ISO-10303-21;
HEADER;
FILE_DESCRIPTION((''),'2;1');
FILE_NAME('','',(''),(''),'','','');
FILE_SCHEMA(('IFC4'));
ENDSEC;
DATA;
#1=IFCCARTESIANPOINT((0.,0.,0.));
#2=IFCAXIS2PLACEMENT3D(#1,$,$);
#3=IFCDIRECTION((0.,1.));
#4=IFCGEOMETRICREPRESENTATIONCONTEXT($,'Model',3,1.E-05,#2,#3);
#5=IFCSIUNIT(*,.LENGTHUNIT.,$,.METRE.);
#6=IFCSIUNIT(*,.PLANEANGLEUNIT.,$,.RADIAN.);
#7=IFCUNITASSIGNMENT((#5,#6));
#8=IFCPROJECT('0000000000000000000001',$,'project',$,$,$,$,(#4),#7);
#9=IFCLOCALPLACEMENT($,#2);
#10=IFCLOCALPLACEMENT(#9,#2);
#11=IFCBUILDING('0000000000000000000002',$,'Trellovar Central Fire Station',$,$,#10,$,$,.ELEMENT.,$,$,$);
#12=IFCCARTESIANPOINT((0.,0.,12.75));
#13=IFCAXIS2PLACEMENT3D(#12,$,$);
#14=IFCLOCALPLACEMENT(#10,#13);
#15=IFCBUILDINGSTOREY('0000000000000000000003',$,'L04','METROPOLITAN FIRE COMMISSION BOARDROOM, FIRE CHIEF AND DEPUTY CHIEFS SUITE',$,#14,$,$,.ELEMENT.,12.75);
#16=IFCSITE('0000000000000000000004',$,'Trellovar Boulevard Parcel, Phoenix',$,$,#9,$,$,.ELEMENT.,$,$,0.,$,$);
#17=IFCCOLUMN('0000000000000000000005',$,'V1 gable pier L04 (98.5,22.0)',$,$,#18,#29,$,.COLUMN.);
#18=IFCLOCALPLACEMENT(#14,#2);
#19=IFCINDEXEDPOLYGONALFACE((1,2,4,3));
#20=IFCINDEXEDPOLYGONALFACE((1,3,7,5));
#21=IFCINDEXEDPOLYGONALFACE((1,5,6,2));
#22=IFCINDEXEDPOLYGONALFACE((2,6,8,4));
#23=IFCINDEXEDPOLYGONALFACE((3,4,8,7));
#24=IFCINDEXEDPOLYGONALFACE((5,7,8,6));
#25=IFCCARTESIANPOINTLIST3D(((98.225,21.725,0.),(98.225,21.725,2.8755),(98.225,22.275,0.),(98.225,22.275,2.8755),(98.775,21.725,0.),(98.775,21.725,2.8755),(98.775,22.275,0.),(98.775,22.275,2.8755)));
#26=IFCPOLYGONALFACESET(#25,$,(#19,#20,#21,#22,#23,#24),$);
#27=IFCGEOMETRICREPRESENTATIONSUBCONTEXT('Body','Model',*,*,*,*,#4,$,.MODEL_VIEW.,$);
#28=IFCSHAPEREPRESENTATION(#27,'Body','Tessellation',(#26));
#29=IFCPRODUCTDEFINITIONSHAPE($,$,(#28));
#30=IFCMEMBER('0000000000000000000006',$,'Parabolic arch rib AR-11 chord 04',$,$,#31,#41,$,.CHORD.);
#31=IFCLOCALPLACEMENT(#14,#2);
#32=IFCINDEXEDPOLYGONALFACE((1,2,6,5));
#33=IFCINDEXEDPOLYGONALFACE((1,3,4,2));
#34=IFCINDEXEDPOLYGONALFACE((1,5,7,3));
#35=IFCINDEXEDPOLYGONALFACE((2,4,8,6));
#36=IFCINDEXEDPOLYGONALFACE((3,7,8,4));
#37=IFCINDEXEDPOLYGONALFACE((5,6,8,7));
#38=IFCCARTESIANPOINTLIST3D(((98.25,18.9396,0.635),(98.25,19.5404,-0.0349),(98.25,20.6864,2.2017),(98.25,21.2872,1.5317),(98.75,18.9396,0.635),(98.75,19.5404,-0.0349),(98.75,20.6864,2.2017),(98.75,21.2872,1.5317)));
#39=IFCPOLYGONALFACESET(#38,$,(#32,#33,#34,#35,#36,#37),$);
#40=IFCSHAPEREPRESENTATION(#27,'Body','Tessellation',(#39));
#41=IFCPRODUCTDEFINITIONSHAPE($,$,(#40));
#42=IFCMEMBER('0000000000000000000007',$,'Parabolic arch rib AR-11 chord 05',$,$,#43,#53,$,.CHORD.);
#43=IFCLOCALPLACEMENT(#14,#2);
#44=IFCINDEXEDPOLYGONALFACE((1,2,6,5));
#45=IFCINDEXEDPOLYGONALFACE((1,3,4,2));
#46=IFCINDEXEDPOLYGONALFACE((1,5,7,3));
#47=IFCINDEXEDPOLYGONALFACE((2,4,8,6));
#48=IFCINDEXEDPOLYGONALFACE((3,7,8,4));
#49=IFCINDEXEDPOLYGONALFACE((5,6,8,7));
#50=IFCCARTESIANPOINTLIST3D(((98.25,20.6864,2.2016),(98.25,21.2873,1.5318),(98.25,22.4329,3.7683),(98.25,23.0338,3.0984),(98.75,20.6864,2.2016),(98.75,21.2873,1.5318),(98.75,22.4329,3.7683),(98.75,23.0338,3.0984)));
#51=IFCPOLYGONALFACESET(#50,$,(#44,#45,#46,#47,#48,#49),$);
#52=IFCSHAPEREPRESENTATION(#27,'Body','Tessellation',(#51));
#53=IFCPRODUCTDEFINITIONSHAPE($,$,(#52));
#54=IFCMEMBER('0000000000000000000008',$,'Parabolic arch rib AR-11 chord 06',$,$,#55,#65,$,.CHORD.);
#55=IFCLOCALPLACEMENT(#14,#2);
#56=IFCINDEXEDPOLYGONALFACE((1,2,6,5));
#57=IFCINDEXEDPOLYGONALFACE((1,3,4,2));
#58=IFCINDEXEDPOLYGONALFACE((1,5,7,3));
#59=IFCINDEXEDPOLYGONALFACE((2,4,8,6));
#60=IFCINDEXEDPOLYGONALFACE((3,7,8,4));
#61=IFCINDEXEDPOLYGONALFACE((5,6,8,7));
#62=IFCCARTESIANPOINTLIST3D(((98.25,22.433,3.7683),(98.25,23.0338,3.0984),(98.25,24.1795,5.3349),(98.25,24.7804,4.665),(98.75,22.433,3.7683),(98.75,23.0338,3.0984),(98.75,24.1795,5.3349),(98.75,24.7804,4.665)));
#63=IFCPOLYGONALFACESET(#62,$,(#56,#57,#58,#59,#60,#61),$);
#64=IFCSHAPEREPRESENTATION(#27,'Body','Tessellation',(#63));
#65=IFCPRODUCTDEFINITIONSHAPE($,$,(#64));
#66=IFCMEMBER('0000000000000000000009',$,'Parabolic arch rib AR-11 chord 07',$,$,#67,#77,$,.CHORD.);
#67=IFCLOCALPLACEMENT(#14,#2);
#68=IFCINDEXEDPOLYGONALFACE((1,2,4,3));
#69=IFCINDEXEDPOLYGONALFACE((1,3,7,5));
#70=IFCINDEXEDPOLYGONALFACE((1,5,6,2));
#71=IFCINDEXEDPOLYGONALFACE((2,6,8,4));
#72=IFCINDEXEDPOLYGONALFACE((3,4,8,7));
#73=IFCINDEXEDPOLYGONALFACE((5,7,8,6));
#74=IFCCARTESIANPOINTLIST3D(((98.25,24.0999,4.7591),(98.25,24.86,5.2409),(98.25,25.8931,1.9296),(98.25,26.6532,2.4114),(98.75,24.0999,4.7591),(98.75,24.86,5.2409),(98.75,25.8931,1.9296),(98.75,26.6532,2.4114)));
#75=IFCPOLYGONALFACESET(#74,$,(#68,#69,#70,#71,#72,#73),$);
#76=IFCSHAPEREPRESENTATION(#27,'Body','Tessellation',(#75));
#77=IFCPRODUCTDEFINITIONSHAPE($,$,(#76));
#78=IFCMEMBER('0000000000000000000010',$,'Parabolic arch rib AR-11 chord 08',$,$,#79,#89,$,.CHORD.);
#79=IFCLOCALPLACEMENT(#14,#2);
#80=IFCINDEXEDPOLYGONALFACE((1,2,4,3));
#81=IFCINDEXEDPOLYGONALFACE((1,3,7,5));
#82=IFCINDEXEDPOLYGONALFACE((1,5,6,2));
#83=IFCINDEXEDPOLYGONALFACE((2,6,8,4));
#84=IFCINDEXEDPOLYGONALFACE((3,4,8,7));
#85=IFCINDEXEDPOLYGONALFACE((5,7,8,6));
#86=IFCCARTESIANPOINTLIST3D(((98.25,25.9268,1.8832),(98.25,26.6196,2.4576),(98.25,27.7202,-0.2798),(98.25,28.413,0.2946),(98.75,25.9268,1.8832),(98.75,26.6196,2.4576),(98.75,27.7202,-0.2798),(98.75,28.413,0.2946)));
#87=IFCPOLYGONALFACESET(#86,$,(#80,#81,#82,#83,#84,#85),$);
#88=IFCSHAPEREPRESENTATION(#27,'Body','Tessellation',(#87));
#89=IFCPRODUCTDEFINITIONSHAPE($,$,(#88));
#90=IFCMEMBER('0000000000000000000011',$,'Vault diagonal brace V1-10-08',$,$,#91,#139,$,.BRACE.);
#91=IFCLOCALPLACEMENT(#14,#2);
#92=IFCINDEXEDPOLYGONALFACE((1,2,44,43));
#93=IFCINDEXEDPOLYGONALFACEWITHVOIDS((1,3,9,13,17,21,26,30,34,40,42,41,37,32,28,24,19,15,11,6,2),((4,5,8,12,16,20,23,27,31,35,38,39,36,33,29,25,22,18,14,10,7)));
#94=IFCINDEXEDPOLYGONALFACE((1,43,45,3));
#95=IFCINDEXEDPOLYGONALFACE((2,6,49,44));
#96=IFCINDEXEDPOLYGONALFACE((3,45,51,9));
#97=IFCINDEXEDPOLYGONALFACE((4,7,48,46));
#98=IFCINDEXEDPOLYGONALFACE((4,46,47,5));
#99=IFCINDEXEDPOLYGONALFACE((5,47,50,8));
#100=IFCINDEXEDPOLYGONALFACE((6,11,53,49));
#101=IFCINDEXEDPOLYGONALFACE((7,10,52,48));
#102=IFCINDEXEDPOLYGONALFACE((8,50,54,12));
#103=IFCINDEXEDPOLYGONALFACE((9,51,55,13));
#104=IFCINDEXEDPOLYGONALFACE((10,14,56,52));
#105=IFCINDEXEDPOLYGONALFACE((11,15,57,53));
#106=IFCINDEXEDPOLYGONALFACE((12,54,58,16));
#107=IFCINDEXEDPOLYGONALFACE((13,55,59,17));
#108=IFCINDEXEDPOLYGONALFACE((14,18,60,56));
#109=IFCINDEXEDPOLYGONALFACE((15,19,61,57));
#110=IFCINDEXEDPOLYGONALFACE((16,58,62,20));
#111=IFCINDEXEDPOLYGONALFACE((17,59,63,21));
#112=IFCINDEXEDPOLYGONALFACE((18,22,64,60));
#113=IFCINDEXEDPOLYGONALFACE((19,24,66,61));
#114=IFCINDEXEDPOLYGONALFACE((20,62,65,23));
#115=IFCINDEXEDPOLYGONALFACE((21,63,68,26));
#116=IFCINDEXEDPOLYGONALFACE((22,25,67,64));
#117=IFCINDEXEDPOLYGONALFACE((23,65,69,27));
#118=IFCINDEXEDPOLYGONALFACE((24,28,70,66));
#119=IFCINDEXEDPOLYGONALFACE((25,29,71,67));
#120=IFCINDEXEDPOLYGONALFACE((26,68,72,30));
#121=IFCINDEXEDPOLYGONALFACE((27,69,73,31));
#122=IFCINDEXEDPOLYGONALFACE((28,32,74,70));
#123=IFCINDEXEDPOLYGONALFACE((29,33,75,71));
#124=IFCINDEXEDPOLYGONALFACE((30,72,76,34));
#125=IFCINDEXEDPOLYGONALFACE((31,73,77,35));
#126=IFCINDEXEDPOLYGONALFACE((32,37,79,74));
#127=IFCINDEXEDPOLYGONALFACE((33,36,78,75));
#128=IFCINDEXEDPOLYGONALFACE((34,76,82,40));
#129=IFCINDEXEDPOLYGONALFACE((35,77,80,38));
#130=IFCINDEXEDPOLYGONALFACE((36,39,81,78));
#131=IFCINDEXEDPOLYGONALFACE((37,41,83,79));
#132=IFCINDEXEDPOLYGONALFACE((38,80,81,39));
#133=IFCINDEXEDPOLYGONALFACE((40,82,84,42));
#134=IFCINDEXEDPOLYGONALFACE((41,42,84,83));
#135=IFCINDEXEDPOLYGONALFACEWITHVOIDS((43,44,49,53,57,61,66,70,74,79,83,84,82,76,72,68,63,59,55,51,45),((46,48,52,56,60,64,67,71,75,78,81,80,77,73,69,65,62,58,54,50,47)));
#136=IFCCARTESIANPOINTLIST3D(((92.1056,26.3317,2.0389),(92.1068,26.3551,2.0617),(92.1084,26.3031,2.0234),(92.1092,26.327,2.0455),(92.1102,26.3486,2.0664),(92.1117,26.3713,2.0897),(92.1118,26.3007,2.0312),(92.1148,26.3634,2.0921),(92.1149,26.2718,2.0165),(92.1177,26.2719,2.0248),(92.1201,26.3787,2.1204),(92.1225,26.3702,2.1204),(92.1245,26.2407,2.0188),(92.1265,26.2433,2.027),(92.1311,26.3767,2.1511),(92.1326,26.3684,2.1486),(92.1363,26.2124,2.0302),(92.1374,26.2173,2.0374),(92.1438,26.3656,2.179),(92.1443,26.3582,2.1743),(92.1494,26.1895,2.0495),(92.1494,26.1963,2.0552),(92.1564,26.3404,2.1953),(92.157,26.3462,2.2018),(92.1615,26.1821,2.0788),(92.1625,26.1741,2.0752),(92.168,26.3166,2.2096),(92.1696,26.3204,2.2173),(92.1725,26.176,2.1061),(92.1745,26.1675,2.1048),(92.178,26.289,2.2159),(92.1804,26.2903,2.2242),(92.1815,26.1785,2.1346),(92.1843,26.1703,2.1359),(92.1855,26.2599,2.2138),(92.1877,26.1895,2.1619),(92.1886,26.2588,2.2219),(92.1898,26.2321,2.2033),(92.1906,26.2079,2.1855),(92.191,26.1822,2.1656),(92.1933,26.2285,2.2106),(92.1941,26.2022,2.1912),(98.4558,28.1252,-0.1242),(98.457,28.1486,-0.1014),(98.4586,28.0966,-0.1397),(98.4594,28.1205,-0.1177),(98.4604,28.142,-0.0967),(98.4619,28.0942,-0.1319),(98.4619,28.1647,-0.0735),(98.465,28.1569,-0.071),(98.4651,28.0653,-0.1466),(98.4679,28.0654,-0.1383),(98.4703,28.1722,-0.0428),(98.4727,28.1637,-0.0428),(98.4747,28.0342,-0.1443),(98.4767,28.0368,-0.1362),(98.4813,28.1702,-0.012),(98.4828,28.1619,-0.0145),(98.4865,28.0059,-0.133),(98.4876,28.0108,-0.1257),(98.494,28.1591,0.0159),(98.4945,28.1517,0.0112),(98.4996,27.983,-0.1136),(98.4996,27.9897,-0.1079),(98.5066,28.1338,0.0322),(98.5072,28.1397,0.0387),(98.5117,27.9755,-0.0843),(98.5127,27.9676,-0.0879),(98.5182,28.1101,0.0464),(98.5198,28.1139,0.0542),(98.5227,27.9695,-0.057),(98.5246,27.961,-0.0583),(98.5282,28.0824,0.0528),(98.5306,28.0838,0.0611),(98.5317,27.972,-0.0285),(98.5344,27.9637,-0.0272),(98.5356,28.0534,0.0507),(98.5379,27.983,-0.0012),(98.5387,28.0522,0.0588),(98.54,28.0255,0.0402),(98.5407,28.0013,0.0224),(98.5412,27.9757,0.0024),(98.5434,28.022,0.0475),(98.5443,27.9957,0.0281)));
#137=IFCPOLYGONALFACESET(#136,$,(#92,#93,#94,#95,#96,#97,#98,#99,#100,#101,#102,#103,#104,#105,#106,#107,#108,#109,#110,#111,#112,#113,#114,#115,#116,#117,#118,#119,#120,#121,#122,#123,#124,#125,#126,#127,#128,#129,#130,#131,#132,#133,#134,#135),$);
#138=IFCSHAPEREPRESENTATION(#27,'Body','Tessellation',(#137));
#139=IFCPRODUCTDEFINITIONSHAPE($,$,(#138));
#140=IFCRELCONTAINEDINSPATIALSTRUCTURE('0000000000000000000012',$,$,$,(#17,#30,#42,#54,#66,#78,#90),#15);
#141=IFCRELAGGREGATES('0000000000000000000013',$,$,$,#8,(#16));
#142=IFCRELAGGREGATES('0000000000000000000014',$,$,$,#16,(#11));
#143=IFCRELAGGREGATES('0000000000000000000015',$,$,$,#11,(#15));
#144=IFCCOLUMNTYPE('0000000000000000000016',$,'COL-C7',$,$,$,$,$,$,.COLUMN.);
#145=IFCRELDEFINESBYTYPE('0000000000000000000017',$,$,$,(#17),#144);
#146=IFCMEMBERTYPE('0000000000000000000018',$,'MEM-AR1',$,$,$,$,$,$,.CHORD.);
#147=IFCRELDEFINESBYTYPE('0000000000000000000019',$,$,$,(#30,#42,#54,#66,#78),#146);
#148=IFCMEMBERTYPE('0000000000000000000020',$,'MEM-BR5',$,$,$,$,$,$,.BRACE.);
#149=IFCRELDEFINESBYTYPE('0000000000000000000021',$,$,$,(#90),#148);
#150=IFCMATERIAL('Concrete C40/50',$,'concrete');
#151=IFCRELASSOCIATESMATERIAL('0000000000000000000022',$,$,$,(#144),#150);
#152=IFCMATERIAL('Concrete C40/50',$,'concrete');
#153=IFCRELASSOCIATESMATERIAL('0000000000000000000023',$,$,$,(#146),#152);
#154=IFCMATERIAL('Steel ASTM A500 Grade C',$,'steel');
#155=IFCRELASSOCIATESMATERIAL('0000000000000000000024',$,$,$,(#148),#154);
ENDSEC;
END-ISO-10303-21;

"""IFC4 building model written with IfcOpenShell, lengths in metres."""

from ifc_helpers import new_model, si_unit, direction, frame, origin, origin_2d, place, context, subcontext, project, spatial, rectangle, hollow_circle, extrude, material, material_profile, profile_set, type_object, element, save


model = new_model("IFC4")

# Units and contexts
model_context = context("Model", 3, precision=1e-05, world=origin(), true_north=direction((0.0, 1.0)))
body_context = subcontext(model_context, "Body", "Model", "MODEL_VIEW")
ifc_project = project(units=[si_unit("LENGTHUNIT", "METRE"), si_unit("PLANEANGLEUNIT", "RADIAN")], contexts=[model_context])

# Site, building, storey
site_placement = place(None, origin())
site = spatial("IfcSite", under=ifc_project, at=site_placement, Name="Trellovar Boulevard Parcel, Phoenix", CompositionType="ELEMENT", RefElevation=0.0)
building_placement = place(site_placement, origin())
building = spatial("IfcBuilding", under=site, at=building_placement, Name="Trellovar Central Fire Station", CompositionType="ELEMENT")
storey_placement = place(building_placement, frame((0.0, 0.0, 12.75)))
storey = spatial("IfcBuildingStorey", under=building, at=storey_placement, Name="L04", Description="METROPOLITAN FIRE COMMISSION BOARDROOM, FIRE CHIEF AND DEPUTY CHIEFS SUITE", CompositionType="ELEMENT", Elevation=12.75)

# Column
ifc_material_1 = material(Name="Concrete C40/50", Category="concrete")
ifc_material_profile_1 = material_profile(ifc_material_1, rectangle(XDim=0.55, YDim=0.55, at=origin_2d()), Name="RC550X550")
ifc_profile_set_1 = profile_set([ifc_material_profile_1], Name="Concrete C40/50")
column_type = type_object("IfcColumnType", Name="COL-C7", PredefinedType="COLUMN", material=ifc_profile_set_1)
column_placement = place(storey_placement, frame((98.5, 22.0, 0.0), z_axis=(0.0, 0.0, 1.0), x_axis=(1.0, 0.0, 0.0)))
element("IfcColumn", 1, at=column_placement, inside=storey, type_object=column_type, Name="V1 gable pier L04 (98.5,22.0)", PredefinedType="COLUMN", context=body_context, shape_type="SweptSolid", body=[
    extrude(rectangle(XDim=0.55, YDim=0.55, at=origin_2d()), origin(), (0.0, 0.0, 1.0), 2.8755),
])

# Members
ifc_material_2 = material(Name="Concrete C40/50", Category="concrete")
ifc_material_profile_2 = material_profile(ifc_material_2, rectangle(XDim=0.5, YDim=0.8999, at=origin_2d()), Name="RC500X900")
ifc_profile_set_2 = profile_set([ifc_material_profile_2], Name="Concrete C40/50")
member_type_1 = type_object("IfcMemberType", Name="MEM-AR1", PredefinedType="CHORD", material=ifc_profile_set_2)
member_1_placement = place(storey_placement, frame((98.5, 19.24, 0.3), z_axis=(0.0, 0.744457, 0.66767), x_axis=(-1.0, 0.0, 0.0)))
element("IfcMember", 2, at=member_1_placement, inside=storey, type_object=member_type_1, Name="Parabolic arch rib AR-11 chord 04", PredefinedType="CHORD", context=body_context, shape_type="SweptSolid", body=[
    extrude(rectangle(XDim=0.5, YDim=0.8999, at=origin_2d()), origin(), (0.0, 0.0, 1.0), 2.3464),
])
for number, where, z_axis, x_axis, name in (
    (3, (98.5, 20.9868, 1.8667), (0.0, 0.744411, 0.667722), (-1.0, 0.0, 0.0), "Parabolic arch rib AR-11 chord 05"),
    (4, (98.5, 22.7334, 3.4333), (0.0, 0.744411, 0.667722), (-1.0, 0.0, 0.0), "Parabolic arch rib AR-11 chord 06"),
):
    element("IfcMember", number, at=place(storey_placement, frame(where, z_axis=z_axis, x_axis=x_axis)), inside=storey, type_object=member_type_1, Name=name, PredefinedType="CHORD", context=body_context, shape_type="SweptSolid", body=[
        extrude(rectangle(XDim=0.5, YDim=0.8999, at=origin_2d()), origin(), (0.0, 0.0, 1.0), 2.3462),
    ])
member_2_placement = place(storey_placement, frame((98.5, 24.48, 5.0), z_axis=(0.0, 0.535295, -0.844665), x_axis=(-1.0, 0.0, 0.0)))
element("IfcMember", 5, at=member_2_placement, inside=storey, type_object=member_type_1, Name="Parabolic arch rib AR-11 chord 07", PredefinedType="CHORD", context=body_context, shape_type="SweptSolid", body=[
    extrude(rectangle(XDim=0.5, YDim=0.8999, at=origin_2d()), origin(), (0.0, 0.0, 1.0), 3.3499),
])
member_3_placement = place(storey_placement, frame((98.5, 26.2732, 2.1704), z_axis=(0.0, 0.638268, -0.769814), x_axis=(-1.0, 0.0, 0.0)))
element("IfcMember", 6, at=member_3_placement, inside=storey, type_object=member_type_1, Name="Parabolic arch rib AR-11 chord 08", PredefinedType="CHORD", context=body_context, shape_type="SweptSolid", body=[
    extrude(rectangle(XDim=0.5, YDim=0.8999, at=origin_2d()), origin(), (0.0, 0.0, 1.0), 2.8098),
])
ifc_material_3 = material(Name="Steel ASTM A500 Grade C", Category="steel")
ifc_material_profile_3 = material_profile(ifc_material_3, hollow_circle(Radius=0.1096, WallThickness=0.0088, at=origin_2d()), Name="HSS8.625X0.375")
ifc_profile_set_3 = profile_set([ifc_material_profile_3], Name="Steel ASTM A500 Grade C")
member_type_2 = type_object("IfcMemberType", Name="MEM-BR5", PredefinedType="BRACE", material=ifc_profile_set_3)
member_4_placement = place(storey_placement, frame((92.1499, 26.2732, 2.1204), z_axis=(0.914472, 0.258274, -0.311504), x_axis=(-0.271798, 0.962354, 0.0)))
element("IfcMember", 7, at=member_4_placement, inside=storey, type_object=member_type_2, Name="Vault diagonal brace V1-10-08", PredefinedType="BRACE", context=body_context, shape_type="SweptSolid", body=[
    extrude(hollow_circle(Radius=0.1096, WallThickness=0.0088, at=origin_2d()), origin(), (0.0, 0.0, 1.0), 6.9441),
])

save(model, "model.ifc")
